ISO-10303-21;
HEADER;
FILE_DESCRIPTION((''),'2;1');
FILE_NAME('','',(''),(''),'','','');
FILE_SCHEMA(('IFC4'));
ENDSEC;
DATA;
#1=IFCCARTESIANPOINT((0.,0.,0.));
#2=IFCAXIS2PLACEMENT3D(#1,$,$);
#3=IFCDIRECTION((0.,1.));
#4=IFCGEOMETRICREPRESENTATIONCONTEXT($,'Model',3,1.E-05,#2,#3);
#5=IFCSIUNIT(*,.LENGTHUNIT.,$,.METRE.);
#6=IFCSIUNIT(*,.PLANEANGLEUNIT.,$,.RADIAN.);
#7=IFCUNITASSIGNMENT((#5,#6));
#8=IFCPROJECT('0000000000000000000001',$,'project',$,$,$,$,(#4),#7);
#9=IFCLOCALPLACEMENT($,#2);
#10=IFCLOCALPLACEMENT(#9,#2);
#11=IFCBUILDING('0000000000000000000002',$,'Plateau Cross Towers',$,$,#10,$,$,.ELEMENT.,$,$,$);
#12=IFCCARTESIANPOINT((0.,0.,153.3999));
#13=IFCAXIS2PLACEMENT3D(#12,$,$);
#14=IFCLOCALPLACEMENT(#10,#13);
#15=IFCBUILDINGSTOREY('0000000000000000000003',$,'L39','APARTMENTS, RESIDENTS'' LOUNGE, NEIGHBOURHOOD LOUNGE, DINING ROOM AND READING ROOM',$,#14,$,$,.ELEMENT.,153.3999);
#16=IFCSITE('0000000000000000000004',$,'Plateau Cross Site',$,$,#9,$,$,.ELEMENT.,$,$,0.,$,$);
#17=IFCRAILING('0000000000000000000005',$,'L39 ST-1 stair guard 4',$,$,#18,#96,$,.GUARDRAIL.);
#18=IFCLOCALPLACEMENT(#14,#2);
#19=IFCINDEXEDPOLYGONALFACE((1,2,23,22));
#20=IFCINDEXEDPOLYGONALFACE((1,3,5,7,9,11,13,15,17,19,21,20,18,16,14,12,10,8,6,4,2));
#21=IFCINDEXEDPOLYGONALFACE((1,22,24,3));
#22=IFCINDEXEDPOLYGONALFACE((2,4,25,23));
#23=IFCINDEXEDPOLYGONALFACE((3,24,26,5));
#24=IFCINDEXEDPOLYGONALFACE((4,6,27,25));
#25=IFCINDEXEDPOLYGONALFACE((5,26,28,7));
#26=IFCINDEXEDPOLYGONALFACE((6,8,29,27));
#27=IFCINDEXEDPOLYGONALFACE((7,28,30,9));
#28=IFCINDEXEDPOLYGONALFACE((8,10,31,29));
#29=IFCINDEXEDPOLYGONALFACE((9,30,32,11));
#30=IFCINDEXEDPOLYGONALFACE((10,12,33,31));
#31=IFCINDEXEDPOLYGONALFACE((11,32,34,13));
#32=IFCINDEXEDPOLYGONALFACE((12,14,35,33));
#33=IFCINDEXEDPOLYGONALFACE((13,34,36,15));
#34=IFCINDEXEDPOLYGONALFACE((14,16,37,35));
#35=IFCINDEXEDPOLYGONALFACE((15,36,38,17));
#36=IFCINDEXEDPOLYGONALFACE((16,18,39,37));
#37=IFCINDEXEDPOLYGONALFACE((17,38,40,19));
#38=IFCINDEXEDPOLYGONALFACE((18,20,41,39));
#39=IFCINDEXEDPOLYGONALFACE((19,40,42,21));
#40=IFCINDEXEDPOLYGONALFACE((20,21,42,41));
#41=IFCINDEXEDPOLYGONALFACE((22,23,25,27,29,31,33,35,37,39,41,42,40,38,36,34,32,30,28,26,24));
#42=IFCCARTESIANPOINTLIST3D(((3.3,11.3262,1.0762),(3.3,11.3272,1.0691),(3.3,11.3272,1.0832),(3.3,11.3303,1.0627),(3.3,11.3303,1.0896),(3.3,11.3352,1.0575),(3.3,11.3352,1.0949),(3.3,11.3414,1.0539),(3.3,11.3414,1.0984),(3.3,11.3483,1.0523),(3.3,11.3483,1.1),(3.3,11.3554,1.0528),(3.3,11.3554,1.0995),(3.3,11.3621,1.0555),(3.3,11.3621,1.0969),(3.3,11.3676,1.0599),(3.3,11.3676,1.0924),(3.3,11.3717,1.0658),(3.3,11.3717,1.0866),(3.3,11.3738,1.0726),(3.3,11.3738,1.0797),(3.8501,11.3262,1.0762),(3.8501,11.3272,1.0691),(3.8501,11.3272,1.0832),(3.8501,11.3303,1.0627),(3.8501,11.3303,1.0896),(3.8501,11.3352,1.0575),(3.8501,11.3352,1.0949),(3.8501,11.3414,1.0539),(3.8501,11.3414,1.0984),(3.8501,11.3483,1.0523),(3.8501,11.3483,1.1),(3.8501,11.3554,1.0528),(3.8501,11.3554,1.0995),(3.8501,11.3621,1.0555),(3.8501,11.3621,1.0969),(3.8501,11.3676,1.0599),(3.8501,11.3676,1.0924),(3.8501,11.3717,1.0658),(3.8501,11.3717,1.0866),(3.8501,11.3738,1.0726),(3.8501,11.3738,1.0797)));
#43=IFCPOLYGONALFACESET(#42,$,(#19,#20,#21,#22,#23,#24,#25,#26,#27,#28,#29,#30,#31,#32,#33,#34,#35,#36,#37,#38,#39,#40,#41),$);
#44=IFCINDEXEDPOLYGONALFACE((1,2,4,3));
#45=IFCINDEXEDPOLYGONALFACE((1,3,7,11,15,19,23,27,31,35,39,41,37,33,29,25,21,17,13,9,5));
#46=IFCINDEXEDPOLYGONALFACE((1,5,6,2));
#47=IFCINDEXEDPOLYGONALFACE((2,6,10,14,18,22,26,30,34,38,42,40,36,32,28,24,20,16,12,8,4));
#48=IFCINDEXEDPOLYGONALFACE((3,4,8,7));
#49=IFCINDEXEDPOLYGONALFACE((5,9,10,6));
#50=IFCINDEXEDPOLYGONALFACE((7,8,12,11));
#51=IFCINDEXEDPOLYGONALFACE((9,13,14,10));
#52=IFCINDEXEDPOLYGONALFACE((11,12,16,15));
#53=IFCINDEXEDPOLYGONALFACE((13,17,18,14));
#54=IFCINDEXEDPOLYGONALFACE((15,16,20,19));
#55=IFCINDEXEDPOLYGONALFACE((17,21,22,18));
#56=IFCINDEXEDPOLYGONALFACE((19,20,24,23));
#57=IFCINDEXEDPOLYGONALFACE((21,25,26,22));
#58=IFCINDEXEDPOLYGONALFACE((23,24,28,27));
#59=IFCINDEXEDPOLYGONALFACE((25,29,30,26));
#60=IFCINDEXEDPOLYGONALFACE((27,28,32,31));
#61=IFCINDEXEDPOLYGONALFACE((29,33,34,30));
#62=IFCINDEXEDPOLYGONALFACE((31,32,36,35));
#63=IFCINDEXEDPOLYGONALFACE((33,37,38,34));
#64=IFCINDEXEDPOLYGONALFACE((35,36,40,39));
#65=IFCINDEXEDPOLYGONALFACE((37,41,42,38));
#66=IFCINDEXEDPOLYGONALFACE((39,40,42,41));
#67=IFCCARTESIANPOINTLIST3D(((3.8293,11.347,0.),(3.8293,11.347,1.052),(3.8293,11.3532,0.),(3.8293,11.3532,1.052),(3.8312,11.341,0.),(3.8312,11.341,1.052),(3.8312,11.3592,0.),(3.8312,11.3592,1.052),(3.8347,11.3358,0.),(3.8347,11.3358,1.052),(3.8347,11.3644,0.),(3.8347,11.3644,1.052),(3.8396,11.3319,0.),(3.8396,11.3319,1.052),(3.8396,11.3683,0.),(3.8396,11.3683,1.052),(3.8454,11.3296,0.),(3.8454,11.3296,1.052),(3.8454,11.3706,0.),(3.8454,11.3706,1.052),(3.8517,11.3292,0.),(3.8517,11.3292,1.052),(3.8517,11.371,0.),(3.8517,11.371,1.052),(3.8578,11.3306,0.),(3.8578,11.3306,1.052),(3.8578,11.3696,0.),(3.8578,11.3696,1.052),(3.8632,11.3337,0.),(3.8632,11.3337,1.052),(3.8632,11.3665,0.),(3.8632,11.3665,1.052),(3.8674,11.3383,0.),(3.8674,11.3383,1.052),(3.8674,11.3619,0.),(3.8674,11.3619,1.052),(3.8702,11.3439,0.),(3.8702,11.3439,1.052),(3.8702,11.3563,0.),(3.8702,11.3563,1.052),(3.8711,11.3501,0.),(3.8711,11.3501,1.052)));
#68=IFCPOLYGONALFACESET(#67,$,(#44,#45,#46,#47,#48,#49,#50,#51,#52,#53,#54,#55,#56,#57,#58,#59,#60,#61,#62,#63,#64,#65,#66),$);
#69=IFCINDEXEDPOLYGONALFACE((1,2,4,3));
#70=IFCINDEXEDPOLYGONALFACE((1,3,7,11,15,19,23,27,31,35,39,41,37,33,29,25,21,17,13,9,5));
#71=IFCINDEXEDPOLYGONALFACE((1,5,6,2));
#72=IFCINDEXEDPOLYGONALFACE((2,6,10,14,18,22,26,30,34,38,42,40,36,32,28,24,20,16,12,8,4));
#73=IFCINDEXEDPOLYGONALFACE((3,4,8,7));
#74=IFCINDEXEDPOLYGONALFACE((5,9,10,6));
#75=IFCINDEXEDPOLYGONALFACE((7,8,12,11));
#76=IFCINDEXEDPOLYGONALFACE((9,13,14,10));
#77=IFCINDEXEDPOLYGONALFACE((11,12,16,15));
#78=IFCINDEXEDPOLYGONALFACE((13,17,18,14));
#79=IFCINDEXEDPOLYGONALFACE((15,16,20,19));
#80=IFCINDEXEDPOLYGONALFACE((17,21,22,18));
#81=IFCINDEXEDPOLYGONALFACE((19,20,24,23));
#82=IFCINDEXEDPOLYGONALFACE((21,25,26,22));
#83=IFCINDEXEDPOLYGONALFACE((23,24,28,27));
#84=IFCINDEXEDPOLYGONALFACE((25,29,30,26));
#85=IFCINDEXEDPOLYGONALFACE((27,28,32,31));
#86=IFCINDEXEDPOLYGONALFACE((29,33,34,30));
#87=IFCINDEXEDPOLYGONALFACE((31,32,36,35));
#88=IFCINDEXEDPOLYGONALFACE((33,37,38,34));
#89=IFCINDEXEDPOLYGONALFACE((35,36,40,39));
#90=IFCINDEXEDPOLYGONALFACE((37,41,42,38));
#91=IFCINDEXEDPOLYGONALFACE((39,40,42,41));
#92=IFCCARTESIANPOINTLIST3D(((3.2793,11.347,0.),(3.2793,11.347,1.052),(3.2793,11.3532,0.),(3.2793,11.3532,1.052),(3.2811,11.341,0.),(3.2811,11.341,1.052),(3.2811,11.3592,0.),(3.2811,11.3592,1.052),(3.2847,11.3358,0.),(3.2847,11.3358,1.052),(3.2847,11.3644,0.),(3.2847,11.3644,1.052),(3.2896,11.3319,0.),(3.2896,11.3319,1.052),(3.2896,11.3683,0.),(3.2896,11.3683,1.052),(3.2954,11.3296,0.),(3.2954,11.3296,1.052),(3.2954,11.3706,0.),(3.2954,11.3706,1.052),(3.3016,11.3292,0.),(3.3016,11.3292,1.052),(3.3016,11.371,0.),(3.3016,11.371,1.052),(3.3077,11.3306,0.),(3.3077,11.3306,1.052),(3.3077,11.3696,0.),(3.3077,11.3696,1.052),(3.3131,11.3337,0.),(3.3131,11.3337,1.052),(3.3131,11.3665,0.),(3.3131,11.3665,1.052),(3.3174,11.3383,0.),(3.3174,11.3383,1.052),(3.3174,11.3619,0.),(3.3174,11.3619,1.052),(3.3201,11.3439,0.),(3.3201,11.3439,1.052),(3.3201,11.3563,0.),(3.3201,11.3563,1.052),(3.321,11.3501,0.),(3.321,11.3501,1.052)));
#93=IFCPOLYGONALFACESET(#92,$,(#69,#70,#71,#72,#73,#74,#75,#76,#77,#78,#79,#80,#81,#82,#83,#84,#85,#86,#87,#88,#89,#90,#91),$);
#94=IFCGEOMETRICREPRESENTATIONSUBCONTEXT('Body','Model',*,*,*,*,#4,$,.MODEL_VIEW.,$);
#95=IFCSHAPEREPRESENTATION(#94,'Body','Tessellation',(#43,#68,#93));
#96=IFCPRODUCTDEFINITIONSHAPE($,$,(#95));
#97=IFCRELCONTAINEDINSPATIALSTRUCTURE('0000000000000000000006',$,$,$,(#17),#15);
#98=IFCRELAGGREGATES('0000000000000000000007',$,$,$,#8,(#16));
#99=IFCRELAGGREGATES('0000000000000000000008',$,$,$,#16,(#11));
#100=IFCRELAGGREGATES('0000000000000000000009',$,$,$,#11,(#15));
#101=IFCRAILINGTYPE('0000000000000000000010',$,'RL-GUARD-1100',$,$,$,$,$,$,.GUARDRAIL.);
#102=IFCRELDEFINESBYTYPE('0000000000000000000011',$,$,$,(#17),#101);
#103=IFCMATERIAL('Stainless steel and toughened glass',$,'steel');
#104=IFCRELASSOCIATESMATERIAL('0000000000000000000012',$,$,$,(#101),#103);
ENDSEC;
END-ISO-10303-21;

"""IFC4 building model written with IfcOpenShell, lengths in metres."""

from ifc_helpers import new_model, si_unit, direction, frame, origin, origin_2d, place, context, subcontext, project, spatial, circle, extrude, material, type_object, element, save


model = new_model("IFC4")

# Units and contexts
model_context = context("Model", 3, precision=1e-05, world=origin(), true_north=direction((0.0, 1.0)))
body_context = subcontext(model_context, "Body", "Model", "MODEL_VIEW")
ifc_project = project(units=[si_unit("LENGTHUNIT", "METRE"), si_unit("PLANEANGLEUNIT", "RADIAN")], contexts=[model_context])

# Site, building, storey
site_placement = place(None, origin())
site = spatial("IfcSite", under=ifc_project, at=site_placement, Name="Plateau Cross Site", CompositionType="ELEMENT", RefElevation=0.0)
building_placement = place(site_placement, origin())
building = spatial("IfcBuilding", under=site, at=building_placement, Name="Plateau Cross Towers", CompositionType="ELEMENT")
storey_placement = place(building_placement, frame((0.0, 0.0, 153.3999)))
storey = spatial("IfcBuildingStorey", under=building, at=storey_placement, Name="L39", Description="APARTMENTS, RESIDENTS' LOUNGE, NEIGHBOURHOOD LOUNGE, DINING ROOM AND READING ROOM", CompositionType="ELEMENT", Elevation=153.3999)

# Railing
ifc_material_1 = material(Name="Stainless steel and toughened glass", Category="steel")
railing_type_1 = type_object("IfcRailingType", Name="RL-GUARD-1100", PredefinedType="GUARDRAIL", material=ifc_material_1)
railing_1_placement = place(storey_placement, frame((3.8501, 11.3501, 0.0)))
element("IfcRailing", 1, at=railing_1_placement, inside=storey, type_object=railing_type_1, Name="L39 ST-1 stair guard 4", PredefinedType="GUARDRAIL", context=body_context, shape_type="SweptSolid", body=[
    extrude(circle(Radius=0.0239, at=origin_2d()), frame((0.0, 0.0, 1.0762), z_axis=(-1.0, 0.0, 0.0), x_axis=(0.0, -1.0, 0.0)), (0.0, 0.0, 1.0), 0.55),
    extrude(circle(Radius=0.021, at=origin_2d()), origin(), (0.0, 0.0, 1.0), 1.052),
    extrude(circle(Radius=0.021, at=origin_2d()), frame((-0.55, 0.0, 0.0)), (0.0, 0.0, 1.0), 1.052),
])

save(model, "model.ifc")
